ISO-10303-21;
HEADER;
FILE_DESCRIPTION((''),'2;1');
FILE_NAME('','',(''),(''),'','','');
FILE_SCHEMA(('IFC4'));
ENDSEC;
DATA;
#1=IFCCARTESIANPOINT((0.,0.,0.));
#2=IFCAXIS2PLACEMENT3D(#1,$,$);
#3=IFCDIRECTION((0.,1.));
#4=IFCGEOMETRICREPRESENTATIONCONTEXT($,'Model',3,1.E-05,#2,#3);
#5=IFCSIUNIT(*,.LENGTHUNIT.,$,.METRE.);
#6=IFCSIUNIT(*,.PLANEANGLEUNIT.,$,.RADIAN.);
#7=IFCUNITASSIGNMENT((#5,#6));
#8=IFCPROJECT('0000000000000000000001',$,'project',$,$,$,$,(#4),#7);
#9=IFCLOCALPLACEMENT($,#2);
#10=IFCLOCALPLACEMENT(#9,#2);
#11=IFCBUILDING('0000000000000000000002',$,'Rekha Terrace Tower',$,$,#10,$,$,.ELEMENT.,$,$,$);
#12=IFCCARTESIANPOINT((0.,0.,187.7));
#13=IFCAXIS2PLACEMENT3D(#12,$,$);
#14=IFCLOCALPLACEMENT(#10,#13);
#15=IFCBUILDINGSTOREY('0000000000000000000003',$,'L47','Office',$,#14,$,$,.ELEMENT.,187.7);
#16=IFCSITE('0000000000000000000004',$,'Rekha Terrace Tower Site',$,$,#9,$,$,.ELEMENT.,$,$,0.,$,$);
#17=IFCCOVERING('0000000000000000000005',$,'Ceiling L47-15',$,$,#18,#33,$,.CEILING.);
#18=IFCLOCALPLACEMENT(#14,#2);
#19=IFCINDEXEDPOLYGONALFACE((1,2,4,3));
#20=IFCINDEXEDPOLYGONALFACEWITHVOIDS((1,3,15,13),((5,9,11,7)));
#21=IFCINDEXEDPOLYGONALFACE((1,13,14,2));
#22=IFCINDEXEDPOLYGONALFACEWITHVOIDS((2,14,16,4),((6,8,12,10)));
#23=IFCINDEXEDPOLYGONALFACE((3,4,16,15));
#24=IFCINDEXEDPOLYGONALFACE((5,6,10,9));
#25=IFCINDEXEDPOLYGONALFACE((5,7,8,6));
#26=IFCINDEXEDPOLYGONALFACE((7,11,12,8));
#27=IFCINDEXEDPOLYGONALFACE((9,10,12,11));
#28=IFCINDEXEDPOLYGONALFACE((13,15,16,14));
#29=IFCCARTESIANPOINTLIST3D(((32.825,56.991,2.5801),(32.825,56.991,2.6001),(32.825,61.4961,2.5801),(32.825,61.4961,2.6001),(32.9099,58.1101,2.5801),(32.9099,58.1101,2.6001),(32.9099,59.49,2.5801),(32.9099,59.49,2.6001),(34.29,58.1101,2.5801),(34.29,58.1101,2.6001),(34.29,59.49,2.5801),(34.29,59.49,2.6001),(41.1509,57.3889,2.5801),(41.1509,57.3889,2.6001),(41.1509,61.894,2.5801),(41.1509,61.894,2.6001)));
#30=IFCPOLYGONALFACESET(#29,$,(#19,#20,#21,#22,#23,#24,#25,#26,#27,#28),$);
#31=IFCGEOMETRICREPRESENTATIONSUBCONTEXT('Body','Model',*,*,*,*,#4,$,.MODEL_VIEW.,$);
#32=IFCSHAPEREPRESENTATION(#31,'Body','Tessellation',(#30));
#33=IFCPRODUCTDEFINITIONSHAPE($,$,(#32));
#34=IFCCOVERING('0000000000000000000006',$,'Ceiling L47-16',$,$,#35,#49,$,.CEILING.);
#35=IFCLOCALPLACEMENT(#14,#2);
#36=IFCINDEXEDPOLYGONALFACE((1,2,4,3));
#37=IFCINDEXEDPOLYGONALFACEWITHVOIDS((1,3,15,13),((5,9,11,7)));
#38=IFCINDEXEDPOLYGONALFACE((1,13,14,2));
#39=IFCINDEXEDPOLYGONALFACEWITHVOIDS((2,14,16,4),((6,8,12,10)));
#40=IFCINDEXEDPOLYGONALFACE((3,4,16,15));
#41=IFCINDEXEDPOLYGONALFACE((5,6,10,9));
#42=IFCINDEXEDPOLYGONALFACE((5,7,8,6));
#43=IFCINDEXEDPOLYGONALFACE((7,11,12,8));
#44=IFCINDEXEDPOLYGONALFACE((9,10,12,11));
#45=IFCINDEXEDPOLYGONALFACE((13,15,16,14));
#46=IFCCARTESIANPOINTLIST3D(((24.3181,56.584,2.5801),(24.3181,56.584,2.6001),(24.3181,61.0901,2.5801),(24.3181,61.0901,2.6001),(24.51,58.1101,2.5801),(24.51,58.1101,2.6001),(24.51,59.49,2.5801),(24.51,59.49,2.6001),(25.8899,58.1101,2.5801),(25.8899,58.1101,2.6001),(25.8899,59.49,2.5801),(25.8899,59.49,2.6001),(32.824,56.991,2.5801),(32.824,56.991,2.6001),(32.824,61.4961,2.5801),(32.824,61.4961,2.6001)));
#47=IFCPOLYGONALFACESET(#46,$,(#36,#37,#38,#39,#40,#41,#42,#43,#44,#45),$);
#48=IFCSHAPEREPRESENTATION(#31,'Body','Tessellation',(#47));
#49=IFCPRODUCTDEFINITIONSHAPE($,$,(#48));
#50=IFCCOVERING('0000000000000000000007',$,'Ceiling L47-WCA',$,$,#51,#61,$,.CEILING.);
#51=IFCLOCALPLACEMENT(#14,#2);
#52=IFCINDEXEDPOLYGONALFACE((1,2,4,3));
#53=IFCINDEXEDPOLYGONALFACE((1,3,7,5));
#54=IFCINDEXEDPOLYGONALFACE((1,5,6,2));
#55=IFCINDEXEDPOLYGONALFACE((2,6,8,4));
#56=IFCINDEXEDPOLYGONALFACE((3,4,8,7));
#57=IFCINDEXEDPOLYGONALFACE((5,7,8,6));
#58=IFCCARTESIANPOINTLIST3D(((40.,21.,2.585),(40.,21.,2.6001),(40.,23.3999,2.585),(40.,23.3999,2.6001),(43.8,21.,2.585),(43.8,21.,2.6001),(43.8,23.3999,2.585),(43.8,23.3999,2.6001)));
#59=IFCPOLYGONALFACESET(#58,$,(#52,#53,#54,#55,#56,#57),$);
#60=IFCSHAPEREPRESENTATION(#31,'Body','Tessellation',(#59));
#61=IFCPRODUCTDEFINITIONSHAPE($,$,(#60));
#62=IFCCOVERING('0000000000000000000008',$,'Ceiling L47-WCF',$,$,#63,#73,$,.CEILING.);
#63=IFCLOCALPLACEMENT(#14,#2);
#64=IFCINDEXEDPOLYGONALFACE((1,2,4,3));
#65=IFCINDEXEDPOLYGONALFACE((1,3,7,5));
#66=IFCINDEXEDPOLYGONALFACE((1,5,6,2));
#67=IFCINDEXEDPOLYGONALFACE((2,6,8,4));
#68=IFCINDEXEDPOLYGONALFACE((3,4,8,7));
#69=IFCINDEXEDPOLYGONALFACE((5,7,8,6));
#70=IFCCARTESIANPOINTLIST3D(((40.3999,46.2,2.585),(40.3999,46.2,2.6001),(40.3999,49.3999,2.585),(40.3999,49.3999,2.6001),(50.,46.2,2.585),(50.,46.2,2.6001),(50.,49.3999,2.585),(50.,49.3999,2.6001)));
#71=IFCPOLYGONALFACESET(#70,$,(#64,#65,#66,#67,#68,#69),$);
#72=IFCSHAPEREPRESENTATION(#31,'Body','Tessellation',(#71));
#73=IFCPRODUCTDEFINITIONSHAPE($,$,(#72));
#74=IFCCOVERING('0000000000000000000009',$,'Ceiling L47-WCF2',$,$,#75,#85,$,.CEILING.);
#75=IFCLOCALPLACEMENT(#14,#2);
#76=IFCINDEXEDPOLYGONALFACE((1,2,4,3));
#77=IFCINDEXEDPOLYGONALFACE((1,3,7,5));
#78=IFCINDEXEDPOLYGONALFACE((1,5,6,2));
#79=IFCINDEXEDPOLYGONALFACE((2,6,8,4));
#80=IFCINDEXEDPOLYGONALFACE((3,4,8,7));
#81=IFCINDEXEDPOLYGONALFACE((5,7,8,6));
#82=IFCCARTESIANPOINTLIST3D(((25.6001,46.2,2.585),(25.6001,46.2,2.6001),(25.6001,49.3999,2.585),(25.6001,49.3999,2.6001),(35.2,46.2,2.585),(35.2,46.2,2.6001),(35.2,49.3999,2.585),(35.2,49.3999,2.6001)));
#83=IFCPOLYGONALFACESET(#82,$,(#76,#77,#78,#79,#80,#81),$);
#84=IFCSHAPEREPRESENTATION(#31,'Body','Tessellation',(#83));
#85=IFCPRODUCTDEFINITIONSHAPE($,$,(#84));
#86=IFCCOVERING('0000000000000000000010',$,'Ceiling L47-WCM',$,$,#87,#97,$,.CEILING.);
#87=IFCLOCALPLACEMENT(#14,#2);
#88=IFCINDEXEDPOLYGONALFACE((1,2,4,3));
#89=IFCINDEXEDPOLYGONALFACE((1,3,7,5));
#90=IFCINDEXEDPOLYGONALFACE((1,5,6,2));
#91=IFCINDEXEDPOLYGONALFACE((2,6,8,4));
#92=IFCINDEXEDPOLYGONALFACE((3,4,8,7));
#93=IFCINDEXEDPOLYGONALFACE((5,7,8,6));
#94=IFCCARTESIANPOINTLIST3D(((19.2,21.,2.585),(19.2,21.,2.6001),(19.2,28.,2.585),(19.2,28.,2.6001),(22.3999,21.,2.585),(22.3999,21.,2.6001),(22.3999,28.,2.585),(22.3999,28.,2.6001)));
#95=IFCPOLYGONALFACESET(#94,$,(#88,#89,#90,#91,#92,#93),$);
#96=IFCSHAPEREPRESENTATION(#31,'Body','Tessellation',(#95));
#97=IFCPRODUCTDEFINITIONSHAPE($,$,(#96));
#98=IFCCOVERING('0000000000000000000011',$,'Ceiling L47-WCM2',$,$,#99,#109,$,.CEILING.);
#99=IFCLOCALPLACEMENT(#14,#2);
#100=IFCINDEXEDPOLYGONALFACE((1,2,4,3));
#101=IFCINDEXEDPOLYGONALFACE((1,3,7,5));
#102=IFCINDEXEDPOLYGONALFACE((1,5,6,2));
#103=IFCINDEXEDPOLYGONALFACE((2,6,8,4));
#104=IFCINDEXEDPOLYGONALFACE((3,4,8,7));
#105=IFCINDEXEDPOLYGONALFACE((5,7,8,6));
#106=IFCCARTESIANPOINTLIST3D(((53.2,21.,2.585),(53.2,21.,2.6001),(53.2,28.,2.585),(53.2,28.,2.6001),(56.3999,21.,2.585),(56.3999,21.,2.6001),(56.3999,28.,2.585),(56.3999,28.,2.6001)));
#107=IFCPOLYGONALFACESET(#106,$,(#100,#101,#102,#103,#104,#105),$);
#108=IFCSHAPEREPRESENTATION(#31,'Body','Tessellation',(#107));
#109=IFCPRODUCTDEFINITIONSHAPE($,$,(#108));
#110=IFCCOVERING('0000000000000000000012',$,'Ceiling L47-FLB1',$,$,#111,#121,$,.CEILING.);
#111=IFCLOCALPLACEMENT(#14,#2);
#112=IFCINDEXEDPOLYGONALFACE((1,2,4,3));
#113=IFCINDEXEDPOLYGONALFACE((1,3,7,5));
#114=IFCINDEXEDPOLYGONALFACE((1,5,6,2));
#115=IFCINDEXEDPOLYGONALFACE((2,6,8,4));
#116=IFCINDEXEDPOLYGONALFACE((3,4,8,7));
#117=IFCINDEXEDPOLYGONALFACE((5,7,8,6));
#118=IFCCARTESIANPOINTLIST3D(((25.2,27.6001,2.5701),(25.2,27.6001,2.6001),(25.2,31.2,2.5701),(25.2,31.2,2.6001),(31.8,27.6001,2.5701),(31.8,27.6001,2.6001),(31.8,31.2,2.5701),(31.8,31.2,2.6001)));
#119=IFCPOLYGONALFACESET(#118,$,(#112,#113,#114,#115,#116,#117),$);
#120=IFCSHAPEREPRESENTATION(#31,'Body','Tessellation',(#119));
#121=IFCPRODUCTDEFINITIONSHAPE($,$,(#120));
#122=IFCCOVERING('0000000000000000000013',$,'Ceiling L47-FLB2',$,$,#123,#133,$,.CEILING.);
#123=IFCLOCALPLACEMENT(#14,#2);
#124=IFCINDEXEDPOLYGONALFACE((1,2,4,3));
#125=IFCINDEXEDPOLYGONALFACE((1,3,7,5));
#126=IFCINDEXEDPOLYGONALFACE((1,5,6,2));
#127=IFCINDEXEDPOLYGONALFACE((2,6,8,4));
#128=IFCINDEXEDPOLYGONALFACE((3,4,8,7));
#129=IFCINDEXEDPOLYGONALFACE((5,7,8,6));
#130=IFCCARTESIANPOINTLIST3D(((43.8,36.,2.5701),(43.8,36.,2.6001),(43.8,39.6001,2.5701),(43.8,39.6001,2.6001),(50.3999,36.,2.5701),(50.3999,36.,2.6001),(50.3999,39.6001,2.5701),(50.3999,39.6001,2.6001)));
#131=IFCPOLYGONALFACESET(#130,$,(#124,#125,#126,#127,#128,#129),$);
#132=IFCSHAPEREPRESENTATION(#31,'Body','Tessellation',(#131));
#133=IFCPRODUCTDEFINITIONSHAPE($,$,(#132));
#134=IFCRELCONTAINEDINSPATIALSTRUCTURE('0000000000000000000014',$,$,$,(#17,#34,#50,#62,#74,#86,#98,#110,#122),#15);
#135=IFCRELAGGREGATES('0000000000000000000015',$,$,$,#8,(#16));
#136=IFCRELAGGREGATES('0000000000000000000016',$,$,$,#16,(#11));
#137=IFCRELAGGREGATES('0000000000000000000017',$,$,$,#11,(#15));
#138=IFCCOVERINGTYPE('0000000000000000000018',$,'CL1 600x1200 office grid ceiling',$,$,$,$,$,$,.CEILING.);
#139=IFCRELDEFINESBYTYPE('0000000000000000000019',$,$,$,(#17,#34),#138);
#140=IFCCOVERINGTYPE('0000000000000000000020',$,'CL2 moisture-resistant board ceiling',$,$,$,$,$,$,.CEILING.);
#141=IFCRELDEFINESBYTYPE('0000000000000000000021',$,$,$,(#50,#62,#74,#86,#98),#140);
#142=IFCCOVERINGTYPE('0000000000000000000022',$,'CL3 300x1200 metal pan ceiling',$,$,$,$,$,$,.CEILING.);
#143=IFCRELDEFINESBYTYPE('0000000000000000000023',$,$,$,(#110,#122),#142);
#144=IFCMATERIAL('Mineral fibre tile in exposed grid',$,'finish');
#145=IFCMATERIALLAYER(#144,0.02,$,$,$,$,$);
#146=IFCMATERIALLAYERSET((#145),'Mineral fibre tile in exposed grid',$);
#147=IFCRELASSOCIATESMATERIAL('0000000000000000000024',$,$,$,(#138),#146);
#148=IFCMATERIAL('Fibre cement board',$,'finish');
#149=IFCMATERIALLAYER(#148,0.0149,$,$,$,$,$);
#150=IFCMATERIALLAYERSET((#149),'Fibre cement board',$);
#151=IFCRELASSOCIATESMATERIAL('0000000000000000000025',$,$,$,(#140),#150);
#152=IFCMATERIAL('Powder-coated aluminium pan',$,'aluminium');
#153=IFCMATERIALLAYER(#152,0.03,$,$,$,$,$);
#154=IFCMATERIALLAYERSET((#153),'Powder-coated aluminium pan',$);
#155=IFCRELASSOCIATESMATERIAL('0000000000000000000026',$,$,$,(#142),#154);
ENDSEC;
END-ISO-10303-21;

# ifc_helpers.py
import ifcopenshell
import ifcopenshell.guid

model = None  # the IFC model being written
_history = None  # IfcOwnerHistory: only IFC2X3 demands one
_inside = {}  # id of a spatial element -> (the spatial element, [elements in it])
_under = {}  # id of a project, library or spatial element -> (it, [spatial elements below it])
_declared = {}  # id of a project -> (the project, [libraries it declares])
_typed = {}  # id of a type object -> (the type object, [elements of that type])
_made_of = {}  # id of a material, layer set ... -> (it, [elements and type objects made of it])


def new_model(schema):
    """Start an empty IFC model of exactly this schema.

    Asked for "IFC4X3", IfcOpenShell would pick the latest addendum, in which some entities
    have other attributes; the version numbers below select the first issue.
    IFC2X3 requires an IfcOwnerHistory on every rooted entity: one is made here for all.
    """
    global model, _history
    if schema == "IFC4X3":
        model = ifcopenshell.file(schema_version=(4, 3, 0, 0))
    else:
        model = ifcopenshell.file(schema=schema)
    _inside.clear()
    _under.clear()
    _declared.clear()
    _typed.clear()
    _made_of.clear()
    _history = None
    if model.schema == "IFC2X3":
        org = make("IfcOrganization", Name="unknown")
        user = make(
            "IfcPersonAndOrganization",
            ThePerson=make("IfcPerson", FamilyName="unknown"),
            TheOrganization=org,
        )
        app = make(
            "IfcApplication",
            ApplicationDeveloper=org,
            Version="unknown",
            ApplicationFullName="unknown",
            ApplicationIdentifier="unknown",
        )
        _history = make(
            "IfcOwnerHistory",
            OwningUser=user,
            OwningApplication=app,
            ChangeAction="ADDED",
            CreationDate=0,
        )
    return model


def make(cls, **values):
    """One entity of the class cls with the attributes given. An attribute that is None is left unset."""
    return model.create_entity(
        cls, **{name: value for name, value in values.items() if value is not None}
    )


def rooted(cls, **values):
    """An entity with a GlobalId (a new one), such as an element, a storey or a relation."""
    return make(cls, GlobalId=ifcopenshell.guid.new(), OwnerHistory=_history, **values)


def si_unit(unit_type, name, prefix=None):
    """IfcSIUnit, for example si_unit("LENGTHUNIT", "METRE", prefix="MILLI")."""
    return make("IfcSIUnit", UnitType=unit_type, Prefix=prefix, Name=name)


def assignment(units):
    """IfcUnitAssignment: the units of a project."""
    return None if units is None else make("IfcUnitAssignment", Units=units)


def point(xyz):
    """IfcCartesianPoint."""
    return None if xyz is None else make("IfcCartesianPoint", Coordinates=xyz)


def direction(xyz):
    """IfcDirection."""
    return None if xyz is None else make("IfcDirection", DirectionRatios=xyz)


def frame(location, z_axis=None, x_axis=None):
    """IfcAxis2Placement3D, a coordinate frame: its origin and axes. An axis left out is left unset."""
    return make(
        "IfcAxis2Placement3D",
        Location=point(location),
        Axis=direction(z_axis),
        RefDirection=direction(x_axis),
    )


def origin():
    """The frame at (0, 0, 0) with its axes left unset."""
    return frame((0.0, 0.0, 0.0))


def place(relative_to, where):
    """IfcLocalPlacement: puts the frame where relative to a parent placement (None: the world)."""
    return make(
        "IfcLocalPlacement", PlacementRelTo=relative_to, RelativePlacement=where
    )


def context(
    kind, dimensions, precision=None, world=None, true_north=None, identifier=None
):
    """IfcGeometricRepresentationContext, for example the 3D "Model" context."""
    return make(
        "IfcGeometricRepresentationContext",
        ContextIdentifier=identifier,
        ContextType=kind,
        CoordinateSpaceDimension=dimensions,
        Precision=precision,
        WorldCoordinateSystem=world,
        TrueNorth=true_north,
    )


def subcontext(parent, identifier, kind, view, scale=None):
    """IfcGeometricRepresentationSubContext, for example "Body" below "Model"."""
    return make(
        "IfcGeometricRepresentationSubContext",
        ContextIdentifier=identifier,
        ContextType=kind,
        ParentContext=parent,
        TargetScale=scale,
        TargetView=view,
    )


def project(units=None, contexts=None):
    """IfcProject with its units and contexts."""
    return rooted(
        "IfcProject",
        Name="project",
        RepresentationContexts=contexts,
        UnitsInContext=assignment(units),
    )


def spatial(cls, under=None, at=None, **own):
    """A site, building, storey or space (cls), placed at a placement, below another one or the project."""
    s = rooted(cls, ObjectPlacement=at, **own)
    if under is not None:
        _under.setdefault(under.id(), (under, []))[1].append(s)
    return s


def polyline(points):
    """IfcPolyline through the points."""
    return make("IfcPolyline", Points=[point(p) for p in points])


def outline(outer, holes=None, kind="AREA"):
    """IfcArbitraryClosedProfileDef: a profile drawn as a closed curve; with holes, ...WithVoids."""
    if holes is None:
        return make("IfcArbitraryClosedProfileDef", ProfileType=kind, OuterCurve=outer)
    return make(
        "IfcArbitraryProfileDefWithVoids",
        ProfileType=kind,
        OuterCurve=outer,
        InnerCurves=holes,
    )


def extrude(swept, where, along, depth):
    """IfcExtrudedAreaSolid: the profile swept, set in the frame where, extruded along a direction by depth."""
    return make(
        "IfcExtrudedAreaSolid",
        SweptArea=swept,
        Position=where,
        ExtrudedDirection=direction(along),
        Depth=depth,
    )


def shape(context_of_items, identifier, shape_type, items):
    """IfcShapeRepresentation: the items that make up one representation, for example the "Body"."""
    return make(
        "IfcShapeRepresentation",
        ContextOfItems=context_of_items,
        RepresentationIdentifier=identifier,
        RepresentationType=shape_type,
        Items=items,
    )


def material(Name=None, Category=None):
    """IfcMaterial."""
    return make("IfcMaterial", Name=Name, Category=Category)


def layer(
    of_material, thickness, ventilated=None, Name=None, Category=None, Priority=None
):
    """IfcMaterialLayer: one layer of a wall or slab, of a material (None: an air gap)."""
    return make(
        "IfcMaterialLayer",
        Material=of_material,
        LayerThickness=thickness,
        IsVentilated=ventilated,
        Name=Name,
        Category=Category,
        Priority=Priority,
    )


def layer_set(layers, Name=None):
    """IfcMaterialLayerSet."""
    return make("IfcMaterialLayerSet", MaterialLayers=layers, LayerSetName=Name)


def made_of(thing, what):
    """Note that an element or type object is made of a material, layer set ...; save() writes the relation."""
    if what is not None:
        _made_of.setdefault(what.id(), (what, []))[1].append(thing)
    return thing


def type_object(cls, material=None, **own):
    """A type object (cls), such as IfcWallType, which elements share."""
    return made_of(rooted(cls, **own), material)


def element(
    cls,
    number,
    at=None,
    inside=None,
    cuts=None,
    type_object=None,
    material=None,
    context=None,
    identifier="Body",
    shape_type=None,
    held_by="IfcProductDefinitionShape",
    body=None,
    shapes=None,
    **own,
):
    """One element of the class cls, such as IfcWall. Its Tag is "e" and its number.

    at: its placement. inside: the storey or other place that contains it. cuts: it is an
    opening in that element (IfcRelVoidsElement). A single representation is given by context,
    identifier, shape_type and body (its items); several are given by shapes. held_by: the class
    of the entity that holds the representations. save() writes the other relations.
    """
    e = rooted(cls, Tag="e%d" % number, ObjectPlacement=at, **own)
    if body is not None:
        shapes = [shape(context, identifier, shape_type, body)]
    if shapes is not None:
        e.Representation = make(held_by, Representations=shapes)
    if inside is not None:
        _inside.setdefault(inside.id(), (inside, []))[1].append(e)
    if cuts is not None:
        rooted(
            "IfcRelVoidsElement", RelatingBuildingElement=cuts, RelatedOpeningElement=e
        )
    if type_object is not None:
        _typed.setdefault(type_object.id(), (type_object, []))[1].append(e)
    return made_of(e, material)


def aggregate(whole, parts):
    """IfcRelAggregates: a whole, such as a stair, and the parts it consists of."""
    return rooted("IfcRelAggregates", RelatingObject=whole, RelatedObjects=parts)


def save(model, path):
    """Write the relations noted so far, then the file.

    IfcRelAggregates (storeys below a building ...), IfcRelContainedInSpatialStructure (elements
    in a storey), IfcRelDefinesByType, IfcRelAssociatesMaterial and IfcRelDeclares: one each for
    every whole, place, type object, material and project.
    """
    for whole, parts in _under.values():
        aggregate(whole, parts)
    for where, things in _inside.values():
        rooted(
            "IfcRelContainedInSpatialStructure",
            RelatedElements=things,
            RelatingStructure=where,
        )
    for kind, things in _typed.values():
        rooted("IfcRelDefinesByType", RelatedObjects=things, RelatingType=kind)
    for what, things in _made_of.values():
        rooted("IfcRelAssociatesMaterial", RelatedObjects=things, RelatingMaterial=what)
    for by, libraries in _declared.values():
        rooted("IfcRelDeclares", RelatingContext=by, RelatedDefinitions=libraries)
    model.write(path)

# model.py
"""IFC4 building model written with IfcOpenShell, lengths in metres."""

from ifc_helpers import new_model, si_unit, direction, frame, origin, place, context, subcontext, project, spatial, polyline, outline, extrude, material, layer, layer_set, type_object, element, save


model = new_model("IFC4")

# Units and contexts
model_context = context("Model", 3, precision=1e-05, world=origin(), true_north=direction((0.0, 1.0)))
body_context = subcontext(model_context, "Body", "Model", "MODEL_VIEW")
ifc_project = project(units=[si_unit("LENGTHUNIT", "METRE"), si_unit("PLANEANGLEUNIT", "RADIAN")], contexts=[model_context])

# Site, building, storey
site_placement = place(None, origin())
site = spatial("IfcSite", under=ifc_project, at=site_placement, Name="Rekha Terrace Tower Site", CompositionType="ELEMENT", RefElevation=0.0)
building_placement = place(site_placement, origin())
building = spatial("IfcBuilding", under=site, at=building_placement, Name="Rekha Terrace Tower", CompositionType="ELEMENT")
storey_placement = place(building_placement, frame((0.0, 0.0, 187.7)))
storey = spatial("IfcBuildingStorey", under=building, at=storey_placement, Name="L47", Description="Office", CompositionType="ELEMENT", Elevation=187.7)

# Coverings
ifc_material_1 = material(Name="Mineral fibre tile in exposed grid", Category="finish")
ifc_layer_1 = layer(ifc_material_1, 0.02)
ifc_layer_set_1 = layer_set([ifc_layer_1], Name="Mineral fibre tile in exposed grid")
covering_type_1 = type_object("IfcCoveringType", Name="CL1 600x1200 office grid ceiling", PredefinedType="CEILING", material=ifc_layer_set_1)
covering_1_placement = place(storey_placement, frame((0.0, 0.0, 2.5801)))
element("IfcCovering", 1, at=covering_1_placement, inside=storey, type_object=covering_type_1, Name="Ceiling L47-15", PredefinedType="CEILING", context=body_context, shape_type="SweptSolid", body=[
    extrude(outline(polyline([(41.1509, 57.3889), (41.1509, 61.894), (32.825, 61.4961), (32.825, 56.991), (41.1509, 57.3889)]), holes=[polyline([(34.29, 58.1101), (32.9099, 58.1101), (32.9099, 59.49), (34.29, 59.49), (34.29, 58.1101)])]), origin(), (0.0, 0.0, 1.0), 0.02),
])
covering_2_placement = place(storey_placement, frame((0.0, 0.0, 2.5801)))
element("IfcCovering", 2, at=covering_2_placement, inside=storey, type_object=covering_type_1, Name="Ceiling L47-16", PredefinedType="CEILING", context=body_context, shape_type="SweptSolid", body=[
    extrude(outline(polyline([(32.824, 56.991), (32.824, 61.4961), (24.3181, 61.0901), (24.3181, 56.584), (32.824, 56.991)]), holes=[polyline([(25.8899, 58.1101), (24.51, 58.1101), (24.51, 59.49), (25.8899, 59.49), (25.8899, 58.1101)])]), origin(), (0.0, 0.0, 1.0), 0.02),
])
ifc_material_2 = material(Name="Fibre cement board", Category="finish")
ifc_layer_2 = layer(ifc_material_2, 0.0149)
ifc_layer_set_2 = layer_set([ifc_layer_2], Name="Fibre cement board")
covering_type_2 = type_object("IfcCoveringType", Name="CL2 moisture-resistant board ceiling", PredefinedType="CEILING", material=ifc_layer_set_2)
covering_3_placement = place(storey_placement, frame((0.0, 0.0, 2.585)))
element("IfcCovering", 3, at=covering_3_placement, inside=storey, type_object=covering_type_2, Name="Ceiling L47-WCA", PredefinedType="CEILING", context=body_context, shape_type="SweptSolid", body=[
    extrude(outline(polyline([(43.8, 23.3999), (40.0, 23.3999), (40.0, 21.0), (43.8, 21.0), (43.8, 23.3999)])), origin(), (0.0, 0.0, 1.0), 0.0151),
])
covering_4_placement = place(storey_placement, frame((0.0, 0.0, 2.585)))
element("IfcCovering", 4, at=covering_4_placement, inside=storey, type_object=covering_type_2, Name="Ceiling L47-WCF", PredefinedType="CEILING", context=body_context, shape_type="SweptSolid", body=[
    extrude(outline(polyline([(50.0, 49.3999), (40.3999, 49.3999), (40.3999, 46.2), (50.0, 46.2), (50.0, 49.3999)])), origin(), (0.0, 0.0, 1.0), 0.0151),
])
covering_5_placement = place(storey_placement, frame((0.0, 0.0, 2.585)))
element("IfcCovering", 5, at=covering_5_placement, inside=storey, type_object=covering_type_2, Name="Ceiling L47-WCF2", PredefinedType="CEILING", context=body_context, shape_type="SweptSolid", body=[
    extrude(outline(polyline([(35.2, 49.3999), (25.6001, 49.3999), (25.6001, 46.2), (35.2, 46.2), (35.2, 49.3999)])), origin(), (0.0, 0.0, 1.0), 0.0151),
])
covering_6_placement = place(storey_placement, frame((0.0, 0.0, 2.585)))
element("IfcCovering", 6, at=covering_6_placement, inside=storey, type_object=covering_type_2, Name="Ceiling L47-WCM", PredefinedType="CEILING", context=body_context, shape_type="SweptSolid", body=[
    extrude(outline(polyline([(22.3999, 28.0), (19.2, 28.0), (19.2, 21.0), (22.3999, 21.0), (22.3999, 28.0)])), origin(), (0.0, 0.0, 1.0), 0.0151),
])
covering_7_placement = place(storey_placement, frame((0.0, 0.0, 2.585)))
element("IfcCovering", 7, at=covering_7_placement, inside=storey, type_object=covering_type_2, Name="Ceiling L47-WCM2", PredefinedType="CEILING", context=body_context, shape_type="SweptSolid", body=[
    extrude(outline(polyline([(56.3999, 28.0), (53.2, 28.0), (53.2, 21.0), (56.3999, 21.0), (56.3999, 28.0)])), origin(), (0.0, 0.0, 1.0), 0.0151),
])
ifc_material_3 = material(Name="Powder-coated aluminium pan", Category="aluminium")
ifc_layer_3 = layer(ifc_material_3, 0.03)
ifc_layer_set_3 = layer_set([ifc_layer_3], Name="Powder-coated aluminium pan")
covering_type_3 = type_object("IfcCoveringType", Name="CL3 300x1200 metal pan ceiling", PredefinedType="CEILING", material=ifc_layer_set_3)
covering_8_placement = place(storey_placement, frame((0.0, 0.0, 2.5701)))
element("IfcCovering", 8, at=covering_8_placement, inside=storey, type_object=covering_type_3, Name="Ceiling L47-FLB1", PredefinedType="CEILING", context=body_context, shape_type="SweptSolid", body=[
    extrude(outline(polyline([(31.8, 31.2), (25.2, 31.2), (25.2, 27.6001), (31.8, 27.6001), (31.8, 31.2)])), origin(), (0.0, 0.0, 1.0), 0.03),
])
covering_9_placement = place(storey_placement, frame((0.0, 0.0, 2.5701)))
element("IfcCovering", 9, at=covering_9_placement, inside=storey, type_object=covering_type_3, Name="Ceiling L47-FLB2", PredefinedType="CEILING", context=body_context, shape_type="SweptSolid", body=[
    extrude(outline(polyline([(50.3999, 39.6001), (43.8, 39.6001), (43.8, 36.0), (50.3999, 36.0), (50.3999, 39.6001)])), origin(), (0.0, 0.0, 1.0), 0.03),
])

save(model, "model.ifc")
